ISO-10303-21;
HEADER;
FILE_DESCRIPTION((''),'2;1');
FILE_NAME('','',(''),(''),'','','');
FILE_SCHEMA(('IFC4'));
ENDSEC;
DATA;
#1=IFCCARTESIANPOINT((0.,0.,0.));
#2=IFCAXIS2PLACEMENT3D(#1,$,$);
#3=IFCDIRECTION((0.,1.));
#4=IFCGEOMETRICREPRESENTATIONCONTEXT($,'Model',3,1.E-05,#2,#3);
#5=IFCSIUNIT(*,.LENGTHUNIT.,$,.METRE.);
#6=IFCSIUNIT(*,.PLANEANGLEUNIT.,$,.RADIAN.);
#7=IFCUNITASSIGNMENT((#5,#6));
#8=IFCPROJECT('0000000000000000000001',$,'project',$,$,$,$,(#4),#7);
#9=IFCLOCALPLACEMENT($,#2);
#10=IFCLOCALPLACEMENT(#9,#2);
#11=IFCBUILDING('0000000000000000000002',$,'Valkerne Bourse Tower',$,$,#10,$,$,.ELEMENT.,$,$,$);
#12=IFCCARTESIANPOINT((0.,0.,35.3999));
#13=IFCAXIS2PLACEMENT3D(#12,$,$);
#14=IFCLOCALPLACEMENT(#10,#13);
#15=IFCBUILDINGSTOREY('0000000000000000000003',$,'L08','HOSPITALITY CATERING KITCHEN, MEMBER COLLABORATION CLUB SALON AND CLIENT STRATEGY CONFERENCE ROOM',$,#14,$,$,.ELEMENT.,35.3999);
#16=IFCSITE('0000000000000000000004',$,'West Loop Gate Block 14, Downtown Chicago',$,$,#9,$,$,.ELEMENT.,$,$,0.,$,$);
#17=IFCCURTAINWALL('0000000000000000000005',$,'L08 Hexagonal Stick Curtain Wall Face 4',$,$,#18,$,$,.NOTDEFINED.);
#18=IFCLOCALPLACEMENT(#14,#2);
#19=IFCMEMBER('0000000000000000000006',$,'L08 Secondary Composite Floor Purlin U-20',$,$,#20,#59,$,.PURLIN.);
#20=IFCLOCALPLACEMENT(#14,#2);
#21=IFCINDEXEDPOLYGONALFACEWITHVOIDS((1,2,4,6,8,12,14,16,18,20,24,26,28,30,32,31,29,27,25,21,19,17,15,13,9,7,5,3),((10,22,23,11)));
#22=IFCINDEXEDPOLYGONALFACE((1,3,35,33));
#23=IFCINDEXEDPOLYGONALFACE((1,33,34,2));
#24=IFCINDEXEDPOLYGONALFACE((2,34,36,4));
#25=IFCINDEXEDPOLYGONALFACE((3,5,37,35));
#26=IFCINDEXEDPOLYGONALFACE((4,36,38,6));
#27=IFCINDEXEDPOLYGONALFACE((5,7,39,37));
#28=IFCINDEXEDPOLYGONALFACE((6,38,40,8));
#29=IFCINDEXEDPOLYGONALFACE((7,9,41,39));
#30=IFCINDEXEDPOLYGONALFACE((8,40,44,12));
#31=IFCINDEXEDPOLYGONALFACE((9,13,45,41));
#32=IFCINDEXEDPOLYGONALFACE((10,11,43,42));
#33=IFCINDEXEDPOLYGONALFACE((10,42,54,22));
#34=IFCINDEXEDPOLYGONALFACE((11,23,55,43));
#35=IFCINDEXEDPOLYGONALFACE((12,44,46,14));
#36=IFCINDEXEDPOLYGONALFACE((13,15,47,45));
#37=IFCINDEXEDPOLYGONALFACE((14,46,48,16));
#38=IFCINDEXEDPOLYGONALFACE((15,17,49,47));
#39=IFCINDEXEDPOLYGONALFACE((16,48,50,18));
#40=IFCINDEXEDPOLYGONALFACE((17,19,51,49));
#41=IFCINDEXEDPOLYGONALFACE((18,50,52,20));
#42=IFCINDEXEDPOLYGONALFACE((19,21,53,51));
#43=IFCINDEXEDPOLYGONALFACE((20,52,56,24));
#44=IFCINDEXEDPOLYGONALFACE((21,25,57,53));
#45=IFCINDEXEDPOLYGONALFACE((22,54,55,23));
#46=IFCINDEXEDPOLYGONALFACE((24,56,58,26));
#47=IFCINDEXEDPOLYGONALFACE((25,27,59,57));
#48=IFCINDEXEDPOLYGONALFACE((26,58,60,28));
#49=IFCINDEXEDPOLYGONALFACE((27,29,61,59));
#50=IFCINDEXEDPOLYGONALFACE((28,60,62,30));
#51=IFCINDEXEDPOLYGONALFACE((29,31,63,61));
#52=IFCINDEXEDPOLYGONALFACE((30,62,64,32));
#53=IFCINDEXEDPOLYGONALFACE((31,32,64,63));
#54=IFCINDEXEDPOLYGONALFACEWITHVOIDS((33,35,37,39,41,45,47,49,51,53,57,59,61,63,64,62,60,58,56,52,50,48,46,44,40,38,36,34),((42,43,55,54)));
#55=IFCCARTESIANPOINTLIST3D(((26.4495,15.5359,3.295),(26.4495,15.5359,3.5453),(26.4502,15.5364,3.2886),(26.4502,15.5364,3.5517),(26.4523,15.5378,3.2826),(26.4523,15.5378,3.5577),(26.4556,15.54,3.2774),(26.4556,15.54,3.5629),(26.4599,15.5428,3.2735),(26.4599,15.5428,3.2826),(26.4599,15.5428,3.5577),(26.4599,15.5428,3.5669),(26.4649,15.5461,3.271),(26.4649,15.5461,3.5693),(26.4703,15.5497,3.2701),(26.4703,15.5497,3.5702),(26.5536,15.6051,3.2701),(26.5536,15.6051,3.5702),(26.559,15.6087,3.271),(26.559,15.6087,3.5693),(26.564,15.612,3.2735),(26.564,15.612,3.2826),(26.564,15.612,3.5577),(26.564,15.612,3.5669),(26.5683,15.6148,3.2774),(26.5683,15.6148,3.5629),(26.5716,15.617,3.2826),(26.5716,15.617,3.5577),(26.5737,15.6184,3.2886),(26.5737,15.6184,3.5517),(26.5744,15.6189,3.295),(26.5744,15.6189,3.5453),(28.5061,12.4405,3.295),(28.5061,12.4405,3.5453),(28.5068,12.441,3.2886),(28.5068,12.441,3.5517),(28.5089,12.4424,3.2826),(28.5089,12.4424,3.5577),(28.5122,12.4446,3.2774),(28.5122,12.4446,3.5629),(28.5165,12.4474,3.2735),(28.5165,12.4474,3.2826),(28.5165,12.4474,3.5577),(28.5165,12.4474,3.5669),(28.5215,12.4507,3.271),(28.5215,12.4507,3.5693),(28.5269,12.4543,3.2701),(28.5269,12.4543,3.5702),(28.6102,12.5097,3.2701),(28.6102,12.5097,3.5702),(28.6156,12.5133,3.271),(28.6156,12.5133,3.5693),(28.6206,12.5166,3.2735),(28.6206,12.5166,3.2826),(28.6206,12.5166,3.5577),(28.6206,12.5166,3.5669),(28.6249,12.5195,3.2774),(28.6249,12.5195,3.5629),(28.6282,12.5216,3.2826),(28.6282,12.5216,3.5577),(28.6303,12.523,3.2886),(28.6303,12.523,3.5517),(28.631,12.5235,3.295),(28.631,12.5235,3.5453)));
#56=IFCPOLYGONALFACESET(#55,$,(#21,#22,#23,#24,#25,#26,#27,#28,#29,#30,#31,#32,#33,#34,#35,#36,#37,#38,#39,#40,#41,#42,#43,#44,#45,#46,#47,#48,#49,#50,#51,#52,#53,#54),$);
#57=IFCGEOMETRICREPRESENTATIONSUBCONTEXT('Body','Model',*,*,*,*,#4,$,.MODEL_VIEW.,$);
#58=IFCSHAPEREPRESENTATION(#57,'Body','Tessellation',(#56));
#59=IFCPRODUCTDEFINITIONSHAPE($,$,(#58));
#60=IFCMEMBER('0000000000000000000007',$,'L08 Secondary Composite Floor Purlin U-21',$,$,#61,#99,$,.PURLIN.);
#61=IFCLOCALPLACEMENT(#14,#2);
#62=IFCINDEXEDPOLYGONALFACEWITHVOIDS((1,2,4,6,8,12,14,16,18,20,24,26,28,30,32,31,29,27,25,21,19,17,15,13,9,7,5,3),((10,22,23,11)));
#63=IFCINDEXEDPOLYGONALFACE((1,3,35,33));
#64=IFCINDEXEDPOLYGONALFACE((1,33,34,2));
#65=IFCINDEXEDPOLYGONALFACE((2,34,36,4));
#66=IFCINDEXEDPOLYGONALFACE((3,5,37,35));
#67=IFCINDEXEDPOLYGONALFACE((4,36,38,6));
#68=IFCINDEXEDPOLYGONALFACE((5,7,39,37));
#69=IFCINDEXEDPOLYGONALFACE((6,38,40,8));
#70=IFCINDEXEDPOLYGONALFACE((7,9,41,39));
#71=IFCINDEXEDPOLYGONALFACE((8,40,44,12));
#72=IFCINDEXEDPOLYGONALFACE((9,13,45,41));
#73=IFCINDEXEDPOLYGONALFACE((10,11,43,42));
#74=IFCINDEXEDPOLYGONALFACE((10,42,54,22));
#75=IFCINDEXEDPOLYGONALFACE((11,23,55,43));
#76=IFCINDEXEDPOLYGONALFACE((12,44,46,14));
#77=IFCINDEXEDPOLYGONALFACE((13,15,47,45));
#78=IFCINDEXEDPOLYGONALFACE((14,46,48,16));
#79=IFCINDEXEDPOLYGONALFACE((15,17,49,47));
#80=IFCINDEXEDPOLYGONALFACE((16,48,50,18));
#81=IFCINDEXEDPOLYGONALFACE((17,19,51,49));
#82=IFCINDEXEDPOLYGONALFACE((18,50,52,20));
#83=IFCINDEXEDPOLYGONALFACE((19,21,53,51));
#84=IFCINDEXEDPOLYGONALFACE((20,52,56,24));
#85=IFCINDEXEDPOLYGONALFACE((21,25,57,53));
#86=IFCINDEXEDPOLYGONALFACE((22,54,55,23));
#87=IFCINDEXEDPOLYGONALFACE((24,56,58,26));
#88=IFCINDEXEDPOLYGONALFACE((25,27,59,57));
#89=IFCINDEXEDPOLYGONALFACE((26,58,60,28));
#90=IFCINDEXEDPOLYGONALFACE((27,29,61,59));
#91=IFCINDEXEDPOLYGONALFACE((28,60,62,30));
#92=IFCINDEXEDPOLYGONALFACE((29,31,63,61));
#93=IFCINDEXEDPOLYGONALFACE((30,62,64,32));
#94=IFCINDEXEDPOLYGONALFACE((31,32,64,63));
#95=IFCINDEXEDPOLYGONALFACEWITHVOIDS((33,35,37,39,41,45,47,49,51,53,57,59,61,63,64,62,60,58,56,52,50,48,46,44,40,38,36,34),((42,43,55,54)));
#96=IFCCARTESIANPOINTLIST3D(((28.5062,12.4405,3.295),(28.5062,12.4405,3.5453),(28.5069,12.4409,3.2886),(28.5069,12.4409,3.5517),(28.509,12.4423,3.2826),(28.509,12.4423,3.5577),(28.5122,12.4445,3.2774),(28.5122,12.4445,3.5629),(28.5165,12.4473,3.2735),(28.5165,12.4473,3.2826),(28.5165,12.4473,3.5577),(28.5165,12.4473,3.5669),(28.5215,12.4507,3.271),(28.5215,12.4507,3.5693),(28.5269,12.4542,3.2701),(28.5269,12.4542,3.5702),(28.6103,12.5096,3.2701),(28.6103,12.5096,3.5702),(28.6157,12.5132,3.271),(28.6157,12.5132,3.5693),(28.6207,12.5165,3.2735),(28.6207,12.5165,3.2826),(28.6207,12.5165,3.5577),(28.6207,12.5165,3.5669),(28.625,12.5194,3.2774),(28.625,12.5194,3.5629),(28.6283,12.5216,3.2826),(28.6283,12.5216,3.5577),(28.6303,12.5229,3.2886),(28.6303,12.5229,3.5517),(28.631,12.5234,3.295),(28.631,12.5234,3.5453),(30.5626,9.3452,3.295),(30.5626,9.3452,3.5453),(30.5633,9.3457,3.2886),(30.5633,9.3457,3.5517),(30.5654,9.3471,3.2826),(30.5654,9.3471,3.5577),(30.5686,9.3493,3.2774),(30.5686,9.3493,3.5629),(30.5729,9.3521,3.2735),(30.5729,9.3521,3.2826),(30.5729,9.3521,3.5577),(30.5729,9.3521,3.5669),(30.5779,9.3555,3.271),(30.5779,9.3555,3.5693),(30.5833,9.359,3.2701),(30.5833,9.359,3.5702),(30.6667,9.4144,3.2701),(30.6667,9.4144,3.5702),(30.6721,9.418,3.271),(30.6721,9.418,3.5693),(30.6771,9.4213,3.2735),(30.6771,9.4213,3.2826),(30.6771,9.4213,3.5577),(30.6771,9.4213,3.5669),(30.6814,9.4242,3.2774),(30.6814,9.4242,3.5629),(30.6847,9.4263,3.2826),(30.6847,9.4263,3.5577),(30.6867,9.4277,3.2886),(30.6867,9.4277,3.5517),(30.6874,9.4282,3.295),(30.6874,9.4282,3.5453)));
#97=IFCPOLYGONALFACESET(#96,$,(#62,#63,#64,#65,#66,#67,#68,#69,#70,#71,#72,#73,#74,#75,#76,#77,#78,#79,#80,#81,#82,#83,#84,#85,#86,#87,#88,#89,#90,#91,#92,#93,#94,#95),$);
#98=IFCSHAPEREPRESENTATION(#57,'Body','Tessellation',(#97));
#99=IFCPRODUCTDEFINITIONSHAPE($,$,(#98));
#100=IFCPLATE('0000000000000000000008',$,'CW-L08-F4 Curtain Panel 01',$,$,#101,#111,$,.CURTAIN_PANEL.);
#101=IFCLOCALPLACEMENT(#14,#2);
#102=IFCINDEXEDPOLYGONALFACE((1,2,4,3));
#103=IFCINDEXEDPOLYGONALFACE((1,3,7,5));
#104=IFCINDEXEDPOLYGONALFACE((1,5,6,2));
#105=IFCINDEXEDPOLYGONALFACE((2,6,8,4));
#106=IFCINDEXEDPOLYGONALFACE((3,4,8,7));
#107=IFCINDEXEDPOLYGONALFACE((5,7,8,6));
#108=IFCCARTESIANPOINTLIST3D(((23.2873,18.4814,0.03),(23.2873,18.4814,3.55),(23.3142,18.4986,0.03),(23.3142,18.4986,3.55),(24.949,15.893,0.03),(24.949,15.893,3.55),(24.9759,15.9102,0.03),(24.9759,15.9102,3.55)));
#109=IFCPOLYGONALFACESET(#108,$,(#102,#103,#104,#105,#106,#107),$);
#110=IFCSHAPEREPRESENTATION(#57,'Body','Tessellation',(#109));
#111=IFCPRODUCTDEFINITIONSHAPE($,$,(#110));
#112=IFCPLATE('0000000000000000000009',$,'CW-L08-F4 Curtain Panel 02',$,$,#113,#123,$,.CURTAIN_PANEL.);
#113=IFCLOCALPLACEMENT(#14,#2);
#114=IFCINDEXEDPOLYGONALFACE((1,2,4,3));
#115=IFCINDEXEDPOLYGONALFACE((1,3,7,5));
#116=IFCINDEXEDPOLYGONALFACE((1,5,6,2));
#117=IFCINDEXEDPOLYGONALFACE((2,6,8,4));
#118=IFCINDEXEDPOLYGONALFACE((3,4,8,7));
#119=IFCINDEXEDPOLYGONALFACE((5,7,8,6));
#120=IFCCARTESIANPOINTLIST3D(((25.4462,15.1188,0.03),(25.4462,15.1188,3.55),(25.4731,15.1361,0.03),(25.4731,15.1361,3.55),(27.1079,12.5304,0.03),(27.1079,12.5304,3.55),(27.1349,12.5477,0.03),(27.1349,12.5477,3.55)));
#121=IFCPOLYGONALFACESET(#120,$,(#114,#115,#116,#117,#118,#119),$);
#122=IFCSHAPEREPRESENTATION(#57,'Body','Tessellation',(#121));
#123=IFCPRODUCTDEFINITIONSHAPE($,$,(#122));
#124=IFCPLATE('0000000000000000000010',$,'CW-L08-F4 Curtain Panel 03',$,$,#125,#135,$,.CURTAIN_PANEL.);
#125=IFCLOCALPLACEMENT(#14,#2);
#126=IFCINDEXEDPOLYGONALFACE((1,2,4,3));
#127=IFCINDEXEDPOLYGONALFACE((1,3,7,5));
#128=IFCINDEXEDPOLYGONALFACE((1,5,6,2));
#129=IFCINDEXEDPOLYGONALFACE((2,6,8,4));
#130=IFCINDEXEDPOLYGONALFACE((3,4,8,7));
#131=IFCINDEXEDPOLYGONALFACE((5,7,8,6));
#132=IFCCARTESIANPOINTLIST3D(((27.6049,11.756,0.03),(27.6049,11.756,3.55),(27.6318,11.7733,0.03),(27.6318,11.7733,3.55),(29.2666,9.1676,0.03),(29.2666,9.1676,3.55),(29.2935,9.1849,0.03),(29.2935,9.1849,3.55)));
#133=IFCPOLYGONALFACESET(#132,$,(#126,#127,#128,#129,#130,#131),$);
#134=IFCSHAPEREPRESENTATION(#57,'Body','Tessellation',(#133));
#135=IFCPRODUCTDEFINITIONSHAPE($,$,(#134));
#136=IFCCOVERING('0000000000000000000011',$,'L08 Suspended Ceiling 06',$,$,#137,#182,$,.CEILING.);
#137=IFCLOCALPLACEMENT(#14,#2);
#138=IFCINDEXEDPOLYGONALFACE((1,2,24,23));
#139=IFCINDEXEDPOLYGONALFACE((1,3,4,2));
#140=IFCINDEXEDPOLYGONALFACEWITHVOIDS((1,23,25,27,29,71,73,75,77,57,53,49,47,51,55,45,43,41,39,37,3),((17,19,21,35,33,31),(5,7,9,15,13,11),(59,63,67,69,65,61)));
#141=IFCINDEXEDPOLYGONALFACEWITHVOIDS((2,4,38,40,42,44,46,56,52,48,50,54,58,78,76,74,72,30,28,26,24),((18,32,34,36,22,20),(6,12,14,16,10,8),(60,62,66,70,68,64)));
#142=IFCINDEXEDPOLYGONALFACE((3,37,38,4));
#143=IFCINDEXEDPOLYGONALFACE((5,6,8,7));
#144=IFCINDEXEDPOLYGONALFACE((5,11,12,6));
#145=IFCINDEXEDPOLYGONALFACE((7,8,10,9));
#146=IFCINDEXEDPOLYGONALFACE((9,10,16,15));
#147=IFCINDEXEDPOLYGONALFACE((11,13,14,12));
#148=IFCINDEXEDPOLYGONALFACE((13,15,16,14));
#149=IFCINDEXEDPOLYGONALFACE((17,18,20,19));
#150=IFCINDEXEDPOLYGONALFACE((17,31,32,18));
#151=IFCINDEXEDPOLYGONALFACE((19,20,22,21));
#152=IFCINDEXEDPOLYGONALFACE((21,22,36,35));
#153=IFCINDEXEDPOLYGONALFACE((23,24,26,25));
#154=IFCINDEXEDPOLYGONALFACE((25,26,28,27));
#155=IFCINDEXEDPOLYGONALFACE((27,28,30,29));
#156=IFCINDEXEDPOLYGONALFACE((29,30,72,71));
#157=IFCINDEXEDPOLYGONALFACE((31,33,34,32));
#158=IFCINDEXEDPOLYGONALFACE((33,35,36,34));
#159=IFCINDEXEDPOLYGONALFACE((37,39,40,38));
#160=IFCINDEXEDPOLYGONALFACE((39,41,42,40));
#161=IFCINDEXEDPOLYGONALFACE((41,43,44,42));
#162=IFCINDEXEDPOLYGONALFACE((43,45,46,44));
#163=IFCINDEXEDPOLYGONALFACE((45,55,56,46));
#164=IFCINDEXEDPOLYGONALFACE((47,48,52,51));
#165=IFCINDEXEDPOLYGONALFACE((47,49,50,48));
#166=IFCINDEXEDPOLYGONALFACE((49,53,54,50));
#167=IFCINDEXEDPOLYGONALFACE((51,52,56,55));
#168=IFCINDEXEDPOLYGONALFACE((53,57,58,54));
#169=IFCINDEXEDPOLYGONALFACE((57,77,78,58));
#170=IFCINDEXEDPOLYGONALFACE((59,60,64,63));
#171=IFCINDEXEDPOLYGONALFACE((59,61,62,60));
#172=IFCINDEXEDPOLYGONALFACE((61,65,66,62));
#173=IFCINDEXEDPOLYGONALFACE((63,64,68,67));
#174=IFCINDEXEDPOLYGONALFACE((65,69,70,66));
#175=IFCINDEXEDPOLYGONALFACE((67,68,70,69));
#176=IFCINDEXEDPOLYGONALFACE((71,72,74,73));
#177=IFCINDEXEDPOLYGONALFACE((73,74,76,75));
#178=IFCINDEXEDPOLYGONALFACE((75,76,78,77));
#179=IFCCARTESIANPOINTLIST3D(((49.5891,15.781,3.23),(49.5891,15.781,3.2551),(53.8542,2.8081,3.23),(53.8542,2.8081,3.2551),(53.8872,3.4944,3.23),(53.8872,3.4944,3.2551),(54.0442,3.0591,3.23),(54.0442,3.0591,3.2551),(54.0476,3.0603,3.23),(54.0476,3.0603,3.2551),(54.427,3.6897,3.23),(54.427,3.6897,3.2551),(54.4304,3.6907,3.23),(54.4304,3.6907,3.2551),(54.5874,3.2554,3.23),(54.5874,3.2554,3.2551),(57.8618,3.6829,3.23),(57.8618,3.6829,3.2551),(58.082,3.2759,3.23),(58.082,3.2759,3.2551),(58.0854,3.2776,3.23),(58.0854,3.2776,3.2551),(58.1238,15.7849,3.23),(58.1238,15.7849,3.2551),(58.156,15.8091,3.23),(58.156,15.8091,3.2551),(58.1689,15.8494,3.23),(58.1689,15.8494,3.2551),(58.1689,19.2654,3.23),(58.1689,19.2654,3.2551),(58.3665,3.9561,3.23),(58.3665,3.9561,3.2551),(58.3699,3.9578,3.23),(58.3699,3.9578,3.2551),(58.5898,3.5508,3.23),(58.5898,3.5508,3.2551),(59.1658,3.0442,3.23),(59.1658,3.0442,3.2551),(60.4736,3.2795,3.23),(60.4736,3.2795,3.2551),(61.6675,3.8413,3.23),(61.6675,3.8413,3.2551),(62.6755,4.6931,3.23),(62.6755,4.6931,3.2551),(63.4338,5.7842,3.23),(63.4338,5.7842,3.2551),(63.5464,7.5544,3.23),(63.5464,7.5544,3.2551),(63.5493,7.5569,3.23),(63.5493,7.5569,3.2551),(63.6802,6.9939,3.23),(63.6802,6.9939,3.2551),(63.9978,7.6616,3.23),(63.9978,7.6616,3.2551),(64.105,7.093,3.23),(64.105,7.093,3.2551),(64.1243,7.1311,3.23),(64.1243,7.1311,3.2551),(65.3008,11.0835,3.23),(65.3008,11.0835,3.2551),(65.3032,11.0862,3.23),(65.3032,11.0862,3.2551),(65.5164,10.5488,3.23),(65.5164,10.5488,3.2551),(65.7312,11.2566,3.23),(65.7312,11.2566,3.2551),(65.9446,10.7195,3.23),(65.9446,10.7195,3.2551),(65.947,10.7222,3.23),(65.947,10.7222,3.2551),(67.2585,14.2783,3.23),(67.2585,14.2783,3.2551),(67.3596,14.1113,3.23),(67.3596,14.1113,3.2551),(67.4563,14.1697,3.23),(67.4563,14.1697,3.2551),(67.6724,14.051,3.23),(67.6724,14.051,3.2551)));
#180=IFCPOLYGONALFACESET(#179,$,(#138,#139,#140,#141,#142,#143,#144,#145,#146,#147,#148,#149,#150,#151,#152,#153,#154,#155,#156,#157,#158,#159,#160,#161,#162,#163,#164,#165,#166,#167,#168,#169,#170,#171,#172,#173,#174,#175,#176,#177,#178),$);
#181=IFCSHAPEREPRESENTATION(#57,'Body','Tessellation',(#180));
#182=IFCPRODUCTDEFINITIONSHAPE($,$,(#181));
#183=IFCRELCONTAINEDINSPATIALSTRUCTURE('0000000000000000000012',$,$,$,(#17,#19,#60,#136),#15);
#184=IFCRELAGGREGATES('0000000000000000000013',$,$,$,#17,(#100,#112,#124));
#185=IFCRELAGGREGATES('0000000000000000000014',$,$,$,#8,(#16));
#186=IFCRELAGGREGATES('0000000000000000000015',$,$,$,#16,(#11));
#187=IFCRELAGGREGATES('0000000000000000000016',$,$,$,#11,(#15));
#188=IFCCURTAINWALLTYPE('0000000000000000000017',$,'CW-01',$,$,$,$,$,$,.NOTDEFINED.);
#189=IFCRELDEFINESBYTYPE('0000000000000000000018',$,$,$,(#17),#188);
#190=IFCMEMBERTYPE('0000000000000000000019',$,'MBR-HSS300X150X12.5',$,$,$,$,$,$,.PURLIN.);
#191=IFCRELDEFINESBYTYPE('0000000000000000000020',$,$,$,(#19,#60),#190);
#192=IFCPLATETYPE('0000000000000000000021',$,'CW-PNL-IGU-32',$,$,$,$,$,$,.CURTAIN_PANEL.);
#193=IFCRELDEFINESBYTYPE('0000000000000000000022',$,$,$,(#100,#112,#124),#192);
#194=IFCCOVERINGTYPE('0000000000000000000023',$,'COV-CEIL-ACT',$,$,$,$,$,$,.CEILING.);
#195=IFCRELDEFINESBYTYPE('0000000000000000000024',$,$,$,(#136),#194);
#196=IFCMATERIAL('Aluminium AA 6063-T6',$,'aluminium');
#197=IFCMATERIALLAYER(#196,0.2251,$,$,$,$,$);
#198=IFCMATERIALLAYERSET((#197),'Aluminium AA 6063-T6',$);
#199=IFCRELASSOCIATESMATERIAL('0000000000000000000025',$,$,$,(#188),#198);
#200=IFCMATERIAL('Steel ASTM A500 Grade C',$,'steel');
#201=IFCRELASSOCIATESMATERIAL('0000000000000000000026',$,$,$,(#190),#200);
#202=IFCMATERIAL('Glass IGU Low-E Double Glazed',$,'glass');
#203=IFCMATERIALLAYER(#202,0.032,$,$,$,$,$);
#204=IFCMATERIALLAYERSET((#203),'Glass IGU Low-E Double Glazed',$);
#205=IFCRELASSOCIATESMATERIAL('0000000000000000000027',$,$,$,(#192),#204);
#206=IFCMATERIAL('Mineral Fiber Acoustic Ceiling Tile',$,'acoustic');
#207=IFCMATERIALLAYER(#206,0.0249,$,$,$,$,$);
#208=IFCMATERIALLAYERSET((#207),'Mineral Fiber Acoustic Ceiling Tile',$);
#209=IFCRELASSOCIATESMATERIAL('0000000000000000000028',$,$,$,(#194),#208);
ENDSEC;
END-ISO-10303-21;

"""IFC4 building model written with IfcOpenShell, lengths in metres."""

from ifc_helpers import new_model, si_unit, direction, frame, origin, origin_2d, place, context, subcontext, project, spatial, polyline, rectangle, hollow_rectangle, outline, extrude, material, layer, layer_set, material_profile, profile_set, type_object, element, aggregate, save


model = new_model("IFC4")

# Units and contexts
model_context = context("Model", 3, precision=1e-05, world=origin(), true_north=direction((0.0, 1.0)))
body_context = subcontext(model_context, "Body", "Model", "MODEL_VIEW")
ifc_project = project(units=[si_unit("LENGTHUNIT", "METRE"), si_unit("PLANEANGLEUNIT", "RADIAN")], contexts=[model_context])

# Site, building, storey
site_placement = place(None, origin())
site = spatial("IfcSite", under=ifc_project, at=site_placement, Name="West Loop Gate Block 14, Downtown Chicago", CompositionType="ELEMENT", RefElevation=0.0)
building_placement = place(site_placement, origin())
building = spatial("IfcBuilding", under=site, at=building_placement, Name="Valkerne Bourse Tower", CompositionType="ELEMENT")
storey_placement = place(building_placement, frame((0.0, 0.0, 35.3999)))
storey = spatial("IfcBuildingStorey", under=building, at=storey_placement, Name="L08", Description="HOSPITALITY CATERING KITCHEN, MEMBER COLLABORATION CLUB SALON AND CLIENT STRATEGY CONFERENCE ROOM", CompositionType="ELEMENT", Elevation=35.3999)

# Curtain wall
ifc_material_1 = material(Name="Aluminium AA 6063-T6", Category="aluminium")
ifc_layer_1 = layer(ifc_material_1, 0.2251)
ifc_layer_set_1 = layer_set([ifc_layer_1], Name="Aluminium AA 6063-T6")
curtain_wall_type = type_object("IfcCurtainWallType", Name="CW-01", PredefinedType="NOTDEFINED", material=ifc_layer_set_1)
curtain_wall_placement = place(storey_placement, origin())
curtain_wall = element("IfcCurtainWall", 1, at=curtain_wall_placement, inside=storey, type_object=curtain_wall_type, Name="L08 Hexagonal Stick Curtain Wall Face 4", PredefinedType="NOTDEFINED")

# Members
ifc_material_2 = material(Name="Steel ASTM A500 Grade C", Category="steel")
ifc_material_profile_1 = material_profile(ifc_material_2, hollow_rectangle(XDim=0.1499, YDim=0.3, WallThickness=0.0125, OuterFilletRadius=0.0249, at=origin_2d()), Name="HSS300X150X12.5")
ifc_profile_set_1 = profile_set([ifc_material_profile_1], Name="Steel ASTM A500 Grade C")
member_type_1 = type_object("IfcMemberType", Name="MBR-HSS300X150X12.5", PredefinedType="PURLIN", material=ifc_profile_set_1)
member_1_placement = place(storey_placement, frame((26.512, 15.5774, 3.4202), z_axis=(0.553396, -0.832918, 0.0), x_axis=(0.832918, 0.553396, 0.0)))
element("IfcMember", 2, at=member_1_placement, inside=storey, type_object=member_type_1, Name="L08 Secondary Composite Floor Purlin U-20", PredefinedType="PURLIN", context=body_context, shape_type="SweptSolid", body=[
    extrude(hollow_rectangle(XDim=0.1499, YDim=0.3, WallThickness=0.0125, OuterFilletRadius=0.0249, at=origin_2d()), origin(), (0.0, 0.0, 1.0), 3.7163),
])
member_2_placement = place(storey_placement, frame((28.5686, 12.4819, 3.4202), z_axis=(0.55338, -0.832929, 0.0), x_axis=(0.832929, 0.55338, 0.0)))
element("IfcMember", 3, at=member_2_placement, inside=storey, type_object=member_type_1, Name="L08 Secondary Composite Floor Purlin U-21", PredefinedType="PURLIN", context=body_context, shape_type="SweptSolid", body=[
    extrude(hollow_rectangle(XDim=0.1499, YDim=0.3, WallThickness=0.0125, OuterFilletRadius=0.0249, at=origin_2d()), origin(), (0.0, 0.0, 1.0), 3.7161),
])

# Plates
ifc_material_3 = material(Name="Glass IGU Low-E Double Glazed", Category="glass")
ifc_layer_2 = layer(ifc_material_3, 0.032)
ifc_layer_set_2 = layer_set([ifc_layer_2], Name="Glass IGU Low-E Double Glazed")
plate_type = type_object("IfcPlateType", Name="CW-PNL-IGU-32", PredefinedType="CURTAIN_PANEL", material=ifc_layer_set_2)
plate_1_placement = place(storey_placement, frame((24.1316, 17.1958, 0.03), z_axis=(0.0, 0.0, 1.0), x_axis=(0.540249, -0.841505, 0.0)))
plate_1 = element("IfcPlate", 4, at=plate_1_placement, type_object=plate_type, Name="CW-L08-F4 Curtain Panel 01", PredefinedType="CURTAIN_PANEL", context=body_context, shape_type="SweptSolid", body=[
    extrude(rectangle(XDim=3.0759, YDim=0.032, at=origin_2d()), origin(), (0.0, 0.0, 1.0), 3.52),
])
plate_2_placement = place(storey_placement, frame((26.2905, 13.8333, 0.03), z_axis=(0.0, 0.0, 1.0), x_axis=(0.540238, -0.841512, 0.0)))
plate_2 = element("IfcPlate", 5, at=plate_2_placement, type_object=plate_type, Name="CW-L08-F4 Curtain Panel 02", PredefinedType="CURTAIN_PANEL", context=body_context, shape_type="SweptSolid", body=[
    extrude(rectangle(XDim=3.0759, YDim=0.032, at=origin_2d()), origin(), (0.0, 0.0, 1.0), 3.52),
])
plate_3_placement = place(storey_placement, frame((28.4492, 10.4705, 0.03), z_axis=(0.0, 0.0, 1.0), x_axis=(0.540238, -0.841512, 0.0)))
plate_3 = element("IfcPlate", 6, at=plate_3_placement, type_object=plate_type, Name="CW-L08-F4 Curtain Panel 03", PredefinedType="CURTAIN_PANEL", context=body_context, shape_type="SweptSolid", body=[
    extrude(rectangle(XDim=3.0759, YDim=0.032, at=origin_2d()), origin(), (0.0, 0.0, 1.0), 3.52),
])
aggregate(curtain_wall, [plate_1, plate_2, plate_3])

# Covering
ifc_material_4 = material(Name="Mineral Fiber Acoustic Ceiling Tile", Category="acoustic")
ifc_layer_3 = layer(ifc_material_4, 0.0249)
ifc_layer_set_3 = layer_set([ifc_layer_3], Name="Mineral Fiber Acoustic Ceiling Tile")
covering_type_1 = type_object("IfcCoveringType", Name="COV-CEIL-ACT", PredefinedType="CEILING", material=ifc_layer_set_3)
covering_1_placement = place(storey_placement, frame((0.0, 0.0, 3.23)))
element("IfcCovering", 7, at=covering_1_placement, inside=storey, type_object=covering_type_1, Name="L08 Suspended Ceiling 06", PredefinedType="CEILING", context=body_context, shape_type="SweptSolid", body=[
    extrude(outline(polyline([(60.4736, 3.2795), (59.1658, 3.0442), (53.8542, 2.8081), (49.5891, 15.781), (58.1238, 15.7849), (58.156, 15.8091), (58.1689, 15.8494), (58.1689, 19.2654), (67.2585, 14.2783), (67.3596, 14.1113), (67.4563, 14.1697), (67.6724, 14.051), (64.1243, 7.1311), (63.9978, 7.6616), (63.5493, 7.5569), (63.5464, 7.5544), (63.6802, 6.9939), (64.105, 7.093), (63.4338, 5.7842), (62.6755, 4.6931), (61.6675, 3.8413), (60.4736, 3.2795)]), holes=[polyline([(54.5874, 3.2554), (54.4304, 3.6907), (54.427, 3.6897), (53.8872, 3.4944), (54.0442, 3.0591), (54.0476, 3.0603), (54.5874, 3.2554)]), polyline([(58.5898, 3.5508), (58.3699, 3.9578), (58.3665, 3.9561), (57.8618, 3.6829), (58.082, 3.2759), (58.0854, 3.2776), (58.5898, 3.5508)]), polyline([(65.9446, 10.7195), (65.947, 10.7222), (65.7312, 11.2566), (65.3032, 11.0862), (65.3008, 11.0835), (65.5164, 10.5488), (65.9446, 10.7195)])]), origin(), (0.0, 0.0, 1.0), 0.0251),
])

save(model, "model.ifc")
